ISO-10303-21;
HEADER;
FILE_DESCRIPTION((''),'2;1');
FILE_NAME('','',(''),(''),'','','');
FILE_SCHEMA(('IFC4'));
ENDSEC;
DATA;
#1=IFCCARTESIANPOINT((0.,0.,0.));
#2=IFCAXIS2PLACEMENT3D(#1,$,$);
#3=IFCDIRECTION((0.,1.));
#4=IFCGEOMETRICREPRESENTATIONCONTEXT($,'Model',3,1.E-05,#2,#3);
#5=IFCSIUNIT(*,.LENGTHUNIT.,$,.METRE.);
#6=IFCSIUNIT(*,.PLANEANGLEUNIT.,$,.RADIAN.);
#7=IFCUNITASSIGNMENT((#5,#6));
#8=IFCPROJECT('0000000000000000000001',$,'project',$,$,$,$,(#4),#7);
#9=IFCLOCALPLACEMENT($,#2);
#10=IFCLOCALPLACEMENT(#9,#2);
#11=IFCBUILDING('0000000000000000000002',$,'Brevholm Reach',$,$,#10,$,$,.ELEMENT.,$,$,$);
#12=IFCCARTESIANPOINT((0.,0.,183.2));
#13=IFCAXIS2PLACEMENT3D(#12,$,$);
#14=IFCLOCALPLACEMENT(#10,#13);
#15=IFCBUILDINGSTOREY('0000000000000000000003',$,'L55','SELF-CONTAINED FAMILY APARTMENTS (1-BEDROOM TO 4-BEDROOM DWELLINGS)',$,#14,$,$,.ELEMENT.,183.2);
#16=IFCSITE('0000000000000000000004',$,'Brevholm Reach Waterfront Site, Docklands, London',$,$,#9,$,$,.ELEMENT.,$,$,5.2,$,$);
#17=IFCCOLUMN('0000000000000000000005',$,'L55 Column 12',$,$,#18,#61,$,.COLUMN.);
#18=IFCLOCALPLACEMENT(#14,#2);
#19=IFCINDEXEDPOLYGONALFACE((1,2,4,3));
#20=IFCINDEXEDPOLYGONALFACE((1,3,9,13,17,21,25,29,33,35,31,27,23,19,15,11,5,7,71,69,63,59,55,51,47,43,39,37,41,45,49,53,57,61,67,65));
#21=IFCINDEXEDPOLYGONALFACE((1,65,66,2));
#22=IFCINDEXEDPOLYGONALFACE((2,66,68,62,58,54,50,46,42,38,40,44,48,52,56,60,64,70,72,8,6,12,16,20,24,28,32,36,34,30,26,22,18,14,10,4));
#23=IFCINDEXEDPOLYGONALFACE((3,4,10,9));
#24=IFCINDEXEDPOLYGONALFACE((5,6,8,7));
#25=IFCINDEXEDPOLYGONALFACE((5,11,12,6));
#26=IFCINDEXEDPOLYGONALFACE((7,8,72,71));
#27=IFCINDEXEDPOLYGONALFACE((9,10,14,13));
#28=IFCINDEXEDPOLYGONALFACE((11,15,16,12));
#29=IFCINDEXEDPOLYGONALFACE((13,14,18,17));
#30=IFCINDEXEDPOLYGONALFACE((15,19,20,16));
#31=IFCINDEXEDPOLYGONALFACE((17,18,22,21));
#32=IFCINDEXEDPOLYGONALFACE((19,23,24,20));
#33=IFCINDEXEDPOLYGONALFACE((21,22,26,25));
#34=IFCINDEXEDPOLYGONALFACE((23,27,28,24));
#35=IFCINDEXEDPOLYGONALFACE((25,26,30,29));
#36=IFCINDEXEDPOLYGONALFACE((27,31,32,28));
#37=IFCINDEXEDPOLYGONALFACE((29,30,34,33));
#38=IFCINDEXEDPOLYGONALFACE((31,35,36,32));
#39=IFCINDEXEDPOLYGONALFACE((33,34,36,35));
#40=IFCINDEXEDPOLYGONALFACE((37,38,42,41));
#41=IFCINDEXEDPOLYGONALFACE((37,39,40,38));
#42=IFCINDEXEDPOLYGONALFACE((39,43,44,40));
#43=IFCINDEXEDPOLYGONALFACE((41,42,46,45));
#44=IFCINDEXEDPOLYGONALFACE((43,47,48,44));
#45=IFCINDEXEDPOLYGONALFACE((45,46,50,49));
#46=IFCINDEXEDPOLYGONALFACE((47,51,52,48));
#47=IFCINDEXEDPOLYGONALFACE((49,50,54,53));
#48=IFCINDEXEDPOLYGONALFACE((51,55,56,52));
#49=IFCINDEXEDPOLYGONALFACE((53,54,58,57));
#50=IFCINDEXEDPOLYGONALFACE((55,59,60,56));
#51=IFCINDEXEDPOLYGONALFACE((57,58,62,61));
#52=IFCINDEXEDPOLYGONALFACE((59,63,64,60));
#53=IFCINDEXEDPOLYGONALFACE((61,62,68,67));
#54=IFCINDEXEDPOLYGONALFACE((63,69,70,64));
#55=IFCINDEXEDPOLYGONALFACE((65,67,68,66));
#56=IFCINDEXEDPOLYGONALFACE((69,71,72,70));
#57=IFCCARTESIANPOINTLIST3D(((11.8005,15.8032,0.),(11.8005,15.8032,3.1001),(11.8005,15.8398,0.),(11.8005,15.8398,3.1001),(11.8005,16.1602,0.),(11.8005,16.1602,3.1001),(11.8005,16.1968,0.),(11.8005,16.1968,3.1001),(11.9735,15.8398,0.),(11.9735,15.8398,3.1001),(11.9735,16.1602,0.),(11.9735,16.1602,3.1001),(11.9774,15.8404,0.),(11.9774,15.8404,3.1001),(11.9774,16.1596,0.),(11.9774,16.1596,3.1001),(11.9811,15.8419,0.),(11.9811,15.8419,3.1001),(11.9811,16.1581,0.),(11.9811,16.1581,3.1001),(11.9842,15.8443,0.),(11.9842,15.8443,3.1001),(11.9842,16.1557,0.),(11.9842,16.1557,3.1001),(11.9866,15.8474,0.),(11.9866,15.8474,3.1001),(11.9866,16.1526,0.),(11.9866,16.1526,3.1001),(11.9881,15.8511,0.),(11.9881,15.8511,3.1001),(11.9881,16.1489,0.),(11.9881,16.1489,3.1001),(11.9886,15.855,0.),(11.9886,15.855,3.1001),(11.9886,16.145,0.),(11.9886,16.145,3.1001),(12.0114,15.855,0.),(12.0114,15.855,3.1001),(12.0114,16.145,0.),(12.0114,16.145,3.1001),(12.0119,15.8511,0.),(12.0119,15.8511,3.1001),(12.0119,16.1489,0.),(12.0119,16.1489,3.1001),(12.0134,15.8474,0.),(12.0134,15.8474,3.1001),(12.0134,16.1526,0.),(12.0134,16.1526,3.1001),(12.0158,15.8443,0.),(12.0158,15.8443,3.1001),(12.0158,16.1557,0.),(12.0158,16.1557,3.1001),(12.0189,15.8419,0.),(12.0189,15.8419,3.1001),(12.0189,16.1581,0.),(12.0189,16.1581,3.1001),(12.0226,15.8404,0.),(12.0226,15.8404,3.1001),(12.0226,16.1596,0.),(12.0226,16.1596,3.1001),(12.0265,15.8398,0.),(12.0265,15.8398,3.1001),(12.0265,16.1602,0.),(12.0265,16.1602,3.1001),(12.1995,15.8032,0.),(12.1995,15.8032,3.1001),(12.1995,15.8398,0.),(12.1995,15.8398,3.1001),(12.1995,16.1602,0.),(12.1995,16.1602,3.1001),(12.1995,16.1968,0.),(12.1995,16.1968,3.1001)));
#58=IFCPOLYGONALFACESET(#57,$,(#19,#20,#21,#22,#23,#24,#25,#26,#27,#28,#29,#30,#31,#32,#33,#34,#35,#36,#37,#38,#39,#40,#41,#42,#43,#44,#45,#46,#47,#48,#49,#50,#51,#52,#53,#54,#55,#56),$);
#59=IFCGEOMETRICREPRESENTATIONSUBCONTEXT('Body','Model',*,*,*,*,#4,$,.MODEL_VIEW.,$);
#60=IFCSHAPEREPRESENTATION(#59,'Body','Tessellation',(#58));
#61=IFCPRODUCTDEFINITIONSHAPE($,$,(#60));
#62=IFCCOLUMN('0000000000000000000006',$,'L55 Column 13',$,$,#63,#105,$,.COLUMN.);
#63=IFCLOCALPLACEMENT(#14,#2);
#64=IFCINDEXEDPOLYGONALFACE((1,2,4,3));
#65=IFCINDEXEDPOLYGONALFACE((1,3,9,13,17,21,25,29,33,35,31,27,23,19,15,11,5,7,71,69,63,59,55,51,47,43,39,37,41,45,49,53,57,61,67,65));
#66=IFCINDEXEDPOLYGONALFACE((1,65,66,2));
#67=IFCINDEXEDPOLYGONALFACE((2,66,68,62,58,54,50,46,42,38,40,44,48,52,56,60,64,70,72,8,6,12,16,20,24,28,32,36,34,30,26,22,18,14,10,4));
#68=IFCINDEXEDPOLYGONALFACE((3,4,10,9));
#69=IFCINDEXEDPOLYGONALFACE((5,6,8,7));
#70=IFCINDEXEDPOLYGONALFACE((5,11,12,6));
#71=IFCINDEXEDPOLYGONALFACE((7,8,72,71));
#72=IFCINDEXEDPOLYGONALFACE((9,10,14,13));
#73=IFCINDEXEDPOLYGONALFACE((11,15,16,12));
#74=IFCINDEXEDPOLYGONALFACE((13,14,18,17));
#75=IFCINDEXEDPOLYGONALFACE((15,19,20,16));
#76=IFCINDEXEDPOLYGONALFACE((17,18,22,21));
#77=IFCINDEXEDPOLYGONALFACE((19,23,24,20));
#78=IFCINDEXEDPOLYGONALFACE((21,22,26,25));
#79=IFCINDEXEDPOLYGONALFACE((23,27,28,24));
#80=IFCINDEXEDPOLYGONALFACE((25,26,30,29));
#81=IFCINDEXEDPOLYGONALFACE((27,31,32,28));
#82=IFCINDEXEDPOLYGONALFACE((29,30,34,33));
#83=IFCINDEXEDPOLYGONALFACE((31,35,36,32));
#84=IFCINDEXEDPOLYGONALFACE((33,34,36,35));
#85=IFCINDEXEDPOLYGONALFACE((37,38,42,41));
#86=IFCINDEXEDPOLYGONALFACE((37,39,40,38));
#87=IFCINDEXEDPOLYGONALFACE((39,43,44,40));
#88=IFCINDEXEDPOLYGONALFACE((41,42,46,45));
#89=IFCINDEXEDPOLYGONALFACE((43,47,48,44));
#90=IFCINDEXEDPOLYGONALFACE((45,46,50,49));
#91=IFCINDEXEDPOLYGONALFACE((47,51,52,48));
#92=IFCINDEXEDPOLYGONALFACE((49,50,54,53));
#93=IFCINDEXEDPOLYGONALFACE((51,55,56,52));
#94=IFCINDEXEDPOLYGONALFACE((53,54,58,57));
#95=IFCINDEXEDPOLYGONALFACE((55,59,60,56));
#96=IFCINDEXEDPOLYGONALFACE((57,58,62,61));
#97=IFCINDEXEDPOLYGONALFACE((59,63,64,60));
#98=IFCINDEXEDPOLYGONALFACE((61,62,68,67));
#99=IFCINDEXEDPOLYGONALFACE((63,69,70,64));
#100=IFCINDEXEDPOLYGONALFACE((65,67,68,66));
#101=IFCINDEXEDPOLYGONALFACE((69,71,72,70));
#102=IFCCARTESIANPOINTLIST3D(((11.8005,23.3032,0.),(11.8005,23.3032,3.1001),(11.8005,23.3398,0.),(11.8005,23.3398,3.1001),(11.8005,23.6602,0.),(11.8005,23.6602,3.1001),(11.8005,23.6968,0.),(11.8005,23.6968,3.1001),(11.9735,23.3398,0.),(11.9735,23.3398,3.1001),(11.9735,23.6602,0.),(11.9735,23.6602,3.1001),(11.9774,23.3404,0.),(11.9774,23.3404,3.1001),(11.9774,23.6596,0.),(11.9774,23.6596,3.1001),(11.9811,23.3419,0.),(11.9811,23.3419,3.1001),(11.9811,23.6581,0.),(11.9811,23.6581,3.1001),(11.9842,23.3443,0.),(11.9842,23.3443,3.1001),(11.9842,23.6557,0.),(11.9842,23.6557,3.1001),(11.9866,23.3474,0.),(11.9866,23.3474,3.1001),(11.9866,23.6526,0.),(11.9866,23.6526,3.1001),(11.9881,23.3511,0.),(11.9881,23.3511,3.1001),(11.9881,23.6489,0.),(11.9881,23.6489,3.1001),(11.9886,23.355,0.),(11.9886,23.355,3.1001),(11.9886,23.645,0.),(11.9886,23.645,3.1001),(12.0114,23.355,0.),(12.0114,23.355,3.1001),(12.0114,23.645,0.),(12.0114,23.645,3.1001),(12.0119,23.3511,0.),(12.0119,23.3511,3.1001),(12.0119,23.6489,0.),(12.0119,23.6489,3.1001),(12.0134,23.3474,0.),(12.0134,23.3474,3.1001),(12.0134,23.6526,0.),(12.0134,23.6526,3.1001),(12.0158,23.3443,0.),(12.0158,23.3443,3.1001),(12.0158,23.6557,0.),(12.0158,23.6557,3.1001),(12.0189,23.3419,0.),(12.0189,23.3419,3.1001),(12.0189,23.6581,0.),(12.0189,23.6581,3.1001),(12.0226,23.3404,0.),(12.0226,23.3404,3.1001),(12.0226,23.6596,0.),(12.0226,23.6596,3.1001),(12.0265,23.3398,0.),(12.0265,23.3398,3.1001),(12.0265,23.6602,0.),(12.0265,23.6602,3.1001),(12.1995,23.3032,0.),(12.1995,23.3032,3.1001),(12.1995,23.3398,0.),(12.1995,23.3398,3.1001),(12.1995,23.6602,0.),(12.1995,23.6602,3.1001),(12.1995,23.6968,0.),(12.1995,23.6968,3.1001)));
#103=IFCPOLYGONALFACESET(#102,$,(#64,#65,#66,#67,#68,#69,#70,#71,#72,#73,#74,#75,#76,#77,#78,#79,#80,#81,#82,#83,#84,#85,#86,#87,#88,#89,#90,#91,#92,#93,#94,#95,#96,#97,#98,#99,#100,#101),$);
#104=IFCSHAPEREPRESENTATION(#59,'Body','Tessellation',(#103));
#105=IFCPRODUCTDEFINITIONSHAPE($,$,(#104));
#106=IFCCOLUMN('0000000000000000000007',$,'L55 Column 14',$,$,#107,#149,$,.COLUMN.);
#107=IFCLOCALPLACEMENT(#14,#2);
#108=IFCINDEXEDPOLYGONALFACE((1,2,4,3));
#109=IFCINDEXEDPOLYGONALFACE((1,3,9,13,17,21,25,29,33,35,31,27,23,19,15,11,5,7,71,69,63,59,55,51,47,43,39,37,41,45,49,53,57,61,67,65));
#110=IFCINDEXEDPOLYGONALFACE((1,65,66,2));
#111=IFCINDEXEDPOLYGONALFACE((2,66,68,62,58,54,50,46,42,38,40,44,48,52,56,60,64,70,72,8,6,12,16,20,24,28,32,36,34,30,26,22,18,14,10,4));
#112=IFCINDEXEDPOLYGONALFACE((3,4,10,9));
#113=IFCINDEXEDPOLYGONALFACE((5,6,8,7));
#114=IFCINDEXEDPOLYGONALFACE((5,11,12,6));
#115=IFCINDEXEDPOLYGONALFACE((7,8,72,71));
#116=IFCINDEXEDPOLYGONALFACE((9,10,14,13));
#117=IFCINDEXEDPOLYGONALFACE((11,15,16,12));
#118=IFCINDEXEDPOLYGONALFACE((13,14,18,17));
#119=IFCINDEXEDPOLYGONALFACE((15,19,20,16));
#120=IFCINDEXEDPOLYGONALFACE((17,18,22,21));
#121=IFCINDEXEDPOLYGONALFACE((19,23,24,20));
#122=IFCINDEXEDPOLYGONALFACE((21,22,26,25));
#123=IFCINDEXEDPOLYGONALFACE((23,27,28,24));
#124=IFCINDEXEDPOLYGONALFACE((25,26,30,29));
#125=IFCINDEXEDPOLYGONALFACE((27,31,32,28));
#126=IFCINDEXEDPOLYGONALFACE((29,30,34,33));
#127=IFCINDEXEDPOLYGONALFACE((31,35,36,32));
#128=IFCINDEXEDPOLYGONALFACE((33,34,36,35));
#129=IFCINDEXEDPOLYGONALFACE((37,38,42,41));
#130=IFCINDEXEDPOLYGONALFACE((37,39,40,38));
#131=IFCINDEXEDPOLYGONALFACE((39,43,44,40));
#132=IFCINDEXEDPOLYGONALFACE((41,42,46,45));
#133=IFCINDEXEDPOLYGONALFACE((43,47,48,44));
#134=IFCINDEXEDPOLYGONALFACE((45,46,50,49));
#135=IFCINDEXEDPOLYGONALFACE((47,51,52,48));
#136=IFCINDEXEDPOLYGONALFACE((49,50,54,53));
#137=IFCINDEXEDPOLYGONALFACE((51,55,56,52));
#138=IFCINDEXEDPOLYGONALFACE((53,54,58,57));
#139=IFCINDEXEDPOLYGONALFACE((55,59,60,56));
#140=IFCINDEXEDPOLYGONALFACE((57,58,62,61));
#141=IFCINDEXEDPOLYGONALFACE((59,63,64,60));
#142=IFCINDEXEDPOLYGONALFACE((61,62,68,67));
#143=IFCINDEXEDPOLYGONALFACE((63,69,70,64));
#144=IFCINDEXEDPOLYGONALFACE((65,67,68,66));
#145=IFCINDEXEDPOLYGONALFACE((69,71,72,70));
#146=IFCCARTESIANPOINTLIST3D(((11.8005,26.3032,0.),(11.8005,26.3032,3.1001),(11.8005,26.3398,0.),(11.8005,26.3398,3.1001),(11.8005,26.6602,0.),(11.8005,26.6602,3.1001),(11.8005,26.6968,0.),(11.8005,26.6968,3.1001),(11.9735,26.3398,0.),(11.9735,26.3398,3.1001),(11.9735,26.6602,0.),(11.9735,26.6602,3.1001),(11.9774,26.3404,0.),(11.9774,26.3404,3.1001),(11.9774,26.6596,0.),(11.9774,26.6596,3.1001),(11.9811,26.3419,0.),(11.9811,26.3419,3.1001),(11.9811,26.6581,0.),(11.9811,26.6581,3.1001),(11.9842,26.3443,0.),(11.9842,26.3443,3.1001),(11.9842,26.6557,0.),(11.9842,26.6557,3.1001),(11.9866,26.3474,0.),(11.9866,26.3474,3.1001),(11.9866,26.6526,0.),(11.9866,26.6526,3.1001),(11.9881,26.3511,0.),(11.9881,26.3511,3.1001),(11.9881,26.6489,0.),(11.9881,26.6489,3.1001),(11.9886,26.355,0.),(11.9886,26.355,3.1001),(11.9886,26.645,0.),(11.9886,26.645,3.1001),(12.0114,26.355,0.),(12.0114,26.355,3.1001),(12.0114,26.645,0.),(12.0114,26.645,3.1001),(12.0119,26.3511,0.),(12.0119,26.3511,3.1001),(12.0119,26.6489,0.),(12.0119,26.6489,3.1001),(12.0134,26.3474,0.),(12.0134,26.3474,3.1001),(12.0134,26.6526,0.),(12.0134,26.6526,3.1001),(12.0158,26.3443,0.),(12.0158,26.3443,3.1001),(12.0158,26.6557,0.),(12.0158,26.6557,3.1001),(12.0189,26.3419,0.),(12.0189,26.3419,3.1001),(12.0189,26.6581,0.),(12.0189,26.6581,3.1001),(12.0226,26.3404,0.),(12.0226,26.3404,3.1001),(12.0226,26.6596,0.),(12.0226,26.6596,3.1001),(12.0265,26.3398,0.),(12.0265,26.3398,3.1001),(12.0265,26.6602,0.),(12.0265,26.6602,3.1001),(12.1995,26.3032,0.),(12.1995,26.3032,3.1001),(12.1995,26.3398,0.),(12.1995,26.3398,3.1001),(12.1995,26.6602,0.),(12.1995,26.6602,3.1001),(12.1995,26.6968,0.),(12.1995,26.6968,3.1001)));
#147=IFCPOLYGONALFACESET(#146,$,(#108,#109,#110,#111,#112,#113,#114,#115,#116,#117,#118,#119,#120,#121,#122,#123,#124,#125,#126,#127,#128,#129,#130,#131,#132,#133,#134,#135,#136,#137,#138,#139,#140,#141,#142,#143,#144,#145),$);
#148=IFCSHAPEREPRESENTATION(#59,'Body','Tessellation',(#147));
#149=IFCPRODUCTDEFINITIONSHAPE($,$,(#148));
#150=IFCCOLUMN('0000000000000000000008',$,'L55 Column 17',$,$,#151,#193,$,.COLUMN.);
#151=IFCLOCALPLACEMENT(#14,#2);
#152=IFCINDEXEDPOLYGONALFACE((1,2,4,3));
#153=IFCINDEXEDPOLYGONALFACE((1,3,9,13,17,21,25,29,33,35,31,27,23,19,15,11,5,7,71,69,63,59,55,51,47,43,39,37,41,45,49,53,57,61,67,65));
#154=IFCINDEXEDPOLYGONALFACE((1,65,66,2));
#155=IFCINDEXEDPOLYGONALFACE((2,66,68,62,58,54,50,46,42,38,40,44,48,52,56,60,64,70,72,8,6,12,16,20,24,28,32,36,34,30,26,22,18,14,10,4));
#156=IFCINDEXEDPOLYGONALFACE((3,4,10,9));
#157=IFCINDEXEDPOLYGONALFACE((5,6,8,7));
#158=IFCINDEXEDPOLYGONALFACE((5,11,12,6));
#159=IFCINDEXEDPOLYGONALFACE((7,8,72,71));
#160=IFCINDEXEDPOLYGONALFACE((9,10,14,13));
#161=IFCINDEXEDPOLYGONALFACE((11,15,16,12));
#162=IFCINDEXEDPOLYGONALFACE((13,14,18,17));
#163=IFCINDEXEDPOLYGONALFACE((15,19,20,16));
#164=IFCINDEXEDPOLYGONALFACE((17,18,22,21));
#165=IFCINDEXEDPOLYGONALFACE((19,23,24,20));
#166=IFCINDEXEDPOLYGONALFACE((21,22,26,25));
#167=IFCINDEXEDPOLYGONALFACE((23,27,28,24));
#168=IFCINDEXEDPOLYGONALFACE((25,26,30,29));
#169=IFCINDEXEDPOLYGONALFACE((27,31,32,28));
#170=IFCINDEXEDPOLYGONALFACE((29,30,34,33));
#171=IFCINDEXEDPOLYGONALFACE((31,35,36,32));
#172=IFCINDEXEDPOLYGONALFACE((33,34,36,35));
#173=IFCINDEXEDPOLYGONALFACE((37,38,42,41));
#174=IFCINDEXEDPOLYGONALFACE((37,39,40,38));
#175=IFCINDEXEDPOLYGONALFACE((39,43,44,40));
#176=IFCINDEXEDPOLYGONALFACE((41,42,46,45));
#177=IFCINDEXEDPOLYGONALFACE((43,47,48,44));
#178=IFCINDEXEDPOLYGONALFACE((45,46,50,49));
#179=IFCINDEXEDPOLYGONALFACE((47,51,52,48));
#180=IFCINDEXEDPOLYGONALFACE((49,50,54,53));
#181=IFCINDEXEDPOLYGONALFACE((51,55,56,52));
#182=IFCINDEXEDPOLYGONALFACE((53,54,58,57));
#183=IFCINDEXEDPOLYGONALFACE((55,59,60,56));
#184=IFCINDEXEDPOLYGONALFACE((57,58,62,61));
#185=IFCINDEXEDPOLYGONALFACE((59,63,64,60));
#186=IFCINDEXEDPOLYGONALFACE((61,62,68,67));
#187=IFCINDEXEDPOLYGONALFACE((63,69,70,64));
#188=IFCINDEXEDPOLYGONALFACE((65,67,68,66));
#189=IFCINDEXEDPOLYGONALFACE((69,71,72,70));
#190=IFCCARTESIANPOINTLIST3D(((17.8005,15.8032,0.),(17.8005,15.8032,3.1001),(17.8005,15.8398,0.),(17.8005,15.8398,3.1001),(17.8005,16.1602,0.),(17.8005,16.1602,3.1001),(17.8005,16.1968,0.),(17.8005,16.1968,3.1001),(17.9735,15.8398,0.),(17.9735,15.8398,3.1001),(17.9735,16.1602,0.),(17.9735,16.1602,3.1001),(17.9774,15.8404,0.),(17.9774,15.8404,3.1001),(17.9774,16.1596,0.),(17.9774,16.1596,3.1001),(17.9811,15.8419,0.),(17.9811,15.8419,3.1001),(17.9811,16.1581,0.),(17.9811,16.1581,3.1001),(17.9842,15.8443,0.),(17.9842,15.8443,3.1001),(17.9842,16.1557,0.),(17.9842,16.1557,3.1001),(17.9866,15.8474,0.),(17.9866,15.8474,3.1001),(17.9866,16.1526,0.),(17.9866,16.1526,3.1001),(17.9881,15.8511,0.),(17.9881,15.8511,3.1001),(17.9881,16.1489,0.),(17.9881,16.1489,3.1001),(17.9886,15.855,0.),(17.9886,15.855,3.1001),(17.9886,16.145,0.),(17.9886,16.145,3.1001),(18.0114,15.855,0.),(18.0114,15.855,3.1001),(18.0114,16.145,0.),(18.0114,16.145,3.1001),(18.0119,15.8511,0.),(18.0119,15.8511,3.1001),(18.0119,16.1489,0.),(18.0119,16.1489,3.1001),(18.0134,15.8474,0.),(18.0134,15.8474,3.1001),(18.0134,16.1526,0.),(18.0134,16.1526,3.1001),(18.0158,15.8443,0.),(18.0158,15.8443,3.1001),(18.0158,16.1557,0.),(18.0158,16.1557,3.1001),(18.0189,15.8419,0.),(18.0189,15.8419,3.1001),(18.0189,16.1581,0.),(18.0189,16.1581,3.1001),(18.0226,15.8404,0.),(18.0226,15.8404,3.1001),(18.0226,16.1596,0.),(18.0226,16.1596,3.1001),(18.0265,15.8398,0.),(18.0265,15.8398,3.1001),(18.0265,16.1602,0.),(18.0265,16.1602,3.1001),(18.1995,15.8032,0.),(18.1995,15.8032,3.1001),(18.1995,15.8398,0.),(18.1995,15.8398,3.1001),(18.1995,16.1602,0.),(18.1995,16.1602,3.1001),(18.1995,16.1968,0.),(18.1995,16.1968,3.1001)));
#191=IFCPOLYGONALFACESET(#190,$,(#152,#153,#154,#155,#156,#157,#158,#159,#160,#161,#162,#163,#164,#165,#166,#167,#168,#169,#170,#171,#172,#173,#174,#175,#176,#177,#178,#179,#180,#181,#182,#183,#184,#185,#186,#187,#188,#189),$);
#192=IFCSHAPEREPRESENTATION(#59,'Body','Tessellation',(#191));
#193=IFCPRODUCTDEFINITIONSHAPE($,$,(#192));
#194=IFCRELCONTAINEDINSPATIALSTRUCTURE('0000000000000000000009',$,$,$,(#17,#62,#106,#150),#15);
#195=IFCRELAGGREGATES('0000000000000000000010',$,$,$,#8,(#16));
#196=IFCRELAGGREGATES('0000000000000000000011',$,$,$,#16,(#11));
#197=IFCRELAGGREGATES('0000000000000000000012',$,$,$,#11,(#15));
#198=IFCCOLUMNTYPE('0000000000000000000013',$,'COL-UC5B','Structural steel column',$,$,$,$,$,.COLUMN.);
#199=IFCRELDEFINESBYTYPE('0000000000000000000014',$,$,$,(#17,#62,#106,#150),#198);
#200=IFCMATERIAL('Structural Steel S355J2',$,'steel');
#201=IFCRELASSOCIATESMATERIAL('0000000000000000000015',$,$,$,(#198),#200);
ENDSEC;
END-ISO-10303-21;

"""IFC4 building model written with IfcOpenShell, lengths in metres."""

from ifc_helpers import new_model, si_unit, direction, frame, origin, origin_2d, place, context, subcontext, project, spatial, i_section, extrude, material, material_profile, profile_set, type_object, element, save


model = new_model("IFC4")

# Units and contexts
model_context = context("Model", 3, precision=1e-05, world=origin(), true_north=direction((0.0, 1.0)))
body_context = subcontext(model_context, "Body", "Model", "MODEL_VIEW")
ifc_project = project(units=[si_unit("LENGTHUNIT", "METRE"), si_unit("PLANEANGLEUNIT", "RADIAN")], contexts=[model_context])

# Site, building, storey
site_placement = place(None, origin())
site = spatial("IfcSite", under=ifc_project, at=site_placement, Name="Brevholm Reach Waterfront Site, Docklands, London", CompositionType="ELEMENT", RefElevation=5.2)
building_placement = place(site_placement, origin())
building = spatial("IfcBuilding", under=site, at=building_placement, Name="Brevholm Reach", CompositionType="ELEMENT")
storey_placement = place(building_placement, frame((0.0, 0.0, 183.2)))
storey = spatial("IfcBuildingStorey", under=building, at=storey_placement, Name="L55", Description="SELF-CONTAINED FAMILY APARTMENTS (1-BEDROOM TO 4-BEDROOM DWELLINGS)", CompositionType="ELEMENT", Elevation=183.2)

# Columns
ifc_material_1 = material(Name="Structural Steel S355J2", Category="steel")
ifc_material_profile_1 = material_profile(ifc_material_1, i_section(OverallWidth=0.3989, OverallDepth=0.3936, WebThickness=0.0227, FlangeThickness=0.0366, FilletRadius=0.0151, at=origin_2d()), Name="UKC 356x406x287")
ifc_profile_set_1 = profile_set([ifc_material_profile_1], Name="Structural Steel S355J2")
column_type = type_object("IfcColumnType", Name="COL-UC5B", Description="Structural steel column", PredefinedType="COLUMN", material=ifc_profile_set_1)
for number, where, z_axis, x_axis, name in (
    (1, (12.0, 16.0, 0.0), (0.0, 0.0, 1.0), (1.0, 0.0, 0.0), "L55 Column 12"),
    (2, (12.0, 23.5, 0.0), (0.0, 0.0, 1.0), (1.0, 0.0, 0.0), "L55 Column 13"),
    (3, (12.0, 26.5, 0.0), (0.0, 0.0, 1.0), (1.0, 0.0, 0.0), "L55 Column 14"),
    (4, (18.0, 16.0, 0.0), (0.0, 0.0, 1.0), (1.0, 0.0, 0.0), "L55 Column 17"),
):
    element("IfcColumn", number, at=place(storey_placement, frame(where, z_axis=z_axis, x_axis=x_axis)), inside=storey, type_object=column_type, Name=name, PredefinedType="COLUMN", context=body_context, shape_type="SweptSolid", body=[
        extrude(i_section(OverallWidth=0.3989, OverallDepth=0.3936, WebThickness=0.0227, FlangeThickness=0.0366, FilletRadius=0.0151, at=origin_2d()), origin(), (0.0, 0.0, 1.0), 3.1001),
    ])

save(model, "model.ifc")
